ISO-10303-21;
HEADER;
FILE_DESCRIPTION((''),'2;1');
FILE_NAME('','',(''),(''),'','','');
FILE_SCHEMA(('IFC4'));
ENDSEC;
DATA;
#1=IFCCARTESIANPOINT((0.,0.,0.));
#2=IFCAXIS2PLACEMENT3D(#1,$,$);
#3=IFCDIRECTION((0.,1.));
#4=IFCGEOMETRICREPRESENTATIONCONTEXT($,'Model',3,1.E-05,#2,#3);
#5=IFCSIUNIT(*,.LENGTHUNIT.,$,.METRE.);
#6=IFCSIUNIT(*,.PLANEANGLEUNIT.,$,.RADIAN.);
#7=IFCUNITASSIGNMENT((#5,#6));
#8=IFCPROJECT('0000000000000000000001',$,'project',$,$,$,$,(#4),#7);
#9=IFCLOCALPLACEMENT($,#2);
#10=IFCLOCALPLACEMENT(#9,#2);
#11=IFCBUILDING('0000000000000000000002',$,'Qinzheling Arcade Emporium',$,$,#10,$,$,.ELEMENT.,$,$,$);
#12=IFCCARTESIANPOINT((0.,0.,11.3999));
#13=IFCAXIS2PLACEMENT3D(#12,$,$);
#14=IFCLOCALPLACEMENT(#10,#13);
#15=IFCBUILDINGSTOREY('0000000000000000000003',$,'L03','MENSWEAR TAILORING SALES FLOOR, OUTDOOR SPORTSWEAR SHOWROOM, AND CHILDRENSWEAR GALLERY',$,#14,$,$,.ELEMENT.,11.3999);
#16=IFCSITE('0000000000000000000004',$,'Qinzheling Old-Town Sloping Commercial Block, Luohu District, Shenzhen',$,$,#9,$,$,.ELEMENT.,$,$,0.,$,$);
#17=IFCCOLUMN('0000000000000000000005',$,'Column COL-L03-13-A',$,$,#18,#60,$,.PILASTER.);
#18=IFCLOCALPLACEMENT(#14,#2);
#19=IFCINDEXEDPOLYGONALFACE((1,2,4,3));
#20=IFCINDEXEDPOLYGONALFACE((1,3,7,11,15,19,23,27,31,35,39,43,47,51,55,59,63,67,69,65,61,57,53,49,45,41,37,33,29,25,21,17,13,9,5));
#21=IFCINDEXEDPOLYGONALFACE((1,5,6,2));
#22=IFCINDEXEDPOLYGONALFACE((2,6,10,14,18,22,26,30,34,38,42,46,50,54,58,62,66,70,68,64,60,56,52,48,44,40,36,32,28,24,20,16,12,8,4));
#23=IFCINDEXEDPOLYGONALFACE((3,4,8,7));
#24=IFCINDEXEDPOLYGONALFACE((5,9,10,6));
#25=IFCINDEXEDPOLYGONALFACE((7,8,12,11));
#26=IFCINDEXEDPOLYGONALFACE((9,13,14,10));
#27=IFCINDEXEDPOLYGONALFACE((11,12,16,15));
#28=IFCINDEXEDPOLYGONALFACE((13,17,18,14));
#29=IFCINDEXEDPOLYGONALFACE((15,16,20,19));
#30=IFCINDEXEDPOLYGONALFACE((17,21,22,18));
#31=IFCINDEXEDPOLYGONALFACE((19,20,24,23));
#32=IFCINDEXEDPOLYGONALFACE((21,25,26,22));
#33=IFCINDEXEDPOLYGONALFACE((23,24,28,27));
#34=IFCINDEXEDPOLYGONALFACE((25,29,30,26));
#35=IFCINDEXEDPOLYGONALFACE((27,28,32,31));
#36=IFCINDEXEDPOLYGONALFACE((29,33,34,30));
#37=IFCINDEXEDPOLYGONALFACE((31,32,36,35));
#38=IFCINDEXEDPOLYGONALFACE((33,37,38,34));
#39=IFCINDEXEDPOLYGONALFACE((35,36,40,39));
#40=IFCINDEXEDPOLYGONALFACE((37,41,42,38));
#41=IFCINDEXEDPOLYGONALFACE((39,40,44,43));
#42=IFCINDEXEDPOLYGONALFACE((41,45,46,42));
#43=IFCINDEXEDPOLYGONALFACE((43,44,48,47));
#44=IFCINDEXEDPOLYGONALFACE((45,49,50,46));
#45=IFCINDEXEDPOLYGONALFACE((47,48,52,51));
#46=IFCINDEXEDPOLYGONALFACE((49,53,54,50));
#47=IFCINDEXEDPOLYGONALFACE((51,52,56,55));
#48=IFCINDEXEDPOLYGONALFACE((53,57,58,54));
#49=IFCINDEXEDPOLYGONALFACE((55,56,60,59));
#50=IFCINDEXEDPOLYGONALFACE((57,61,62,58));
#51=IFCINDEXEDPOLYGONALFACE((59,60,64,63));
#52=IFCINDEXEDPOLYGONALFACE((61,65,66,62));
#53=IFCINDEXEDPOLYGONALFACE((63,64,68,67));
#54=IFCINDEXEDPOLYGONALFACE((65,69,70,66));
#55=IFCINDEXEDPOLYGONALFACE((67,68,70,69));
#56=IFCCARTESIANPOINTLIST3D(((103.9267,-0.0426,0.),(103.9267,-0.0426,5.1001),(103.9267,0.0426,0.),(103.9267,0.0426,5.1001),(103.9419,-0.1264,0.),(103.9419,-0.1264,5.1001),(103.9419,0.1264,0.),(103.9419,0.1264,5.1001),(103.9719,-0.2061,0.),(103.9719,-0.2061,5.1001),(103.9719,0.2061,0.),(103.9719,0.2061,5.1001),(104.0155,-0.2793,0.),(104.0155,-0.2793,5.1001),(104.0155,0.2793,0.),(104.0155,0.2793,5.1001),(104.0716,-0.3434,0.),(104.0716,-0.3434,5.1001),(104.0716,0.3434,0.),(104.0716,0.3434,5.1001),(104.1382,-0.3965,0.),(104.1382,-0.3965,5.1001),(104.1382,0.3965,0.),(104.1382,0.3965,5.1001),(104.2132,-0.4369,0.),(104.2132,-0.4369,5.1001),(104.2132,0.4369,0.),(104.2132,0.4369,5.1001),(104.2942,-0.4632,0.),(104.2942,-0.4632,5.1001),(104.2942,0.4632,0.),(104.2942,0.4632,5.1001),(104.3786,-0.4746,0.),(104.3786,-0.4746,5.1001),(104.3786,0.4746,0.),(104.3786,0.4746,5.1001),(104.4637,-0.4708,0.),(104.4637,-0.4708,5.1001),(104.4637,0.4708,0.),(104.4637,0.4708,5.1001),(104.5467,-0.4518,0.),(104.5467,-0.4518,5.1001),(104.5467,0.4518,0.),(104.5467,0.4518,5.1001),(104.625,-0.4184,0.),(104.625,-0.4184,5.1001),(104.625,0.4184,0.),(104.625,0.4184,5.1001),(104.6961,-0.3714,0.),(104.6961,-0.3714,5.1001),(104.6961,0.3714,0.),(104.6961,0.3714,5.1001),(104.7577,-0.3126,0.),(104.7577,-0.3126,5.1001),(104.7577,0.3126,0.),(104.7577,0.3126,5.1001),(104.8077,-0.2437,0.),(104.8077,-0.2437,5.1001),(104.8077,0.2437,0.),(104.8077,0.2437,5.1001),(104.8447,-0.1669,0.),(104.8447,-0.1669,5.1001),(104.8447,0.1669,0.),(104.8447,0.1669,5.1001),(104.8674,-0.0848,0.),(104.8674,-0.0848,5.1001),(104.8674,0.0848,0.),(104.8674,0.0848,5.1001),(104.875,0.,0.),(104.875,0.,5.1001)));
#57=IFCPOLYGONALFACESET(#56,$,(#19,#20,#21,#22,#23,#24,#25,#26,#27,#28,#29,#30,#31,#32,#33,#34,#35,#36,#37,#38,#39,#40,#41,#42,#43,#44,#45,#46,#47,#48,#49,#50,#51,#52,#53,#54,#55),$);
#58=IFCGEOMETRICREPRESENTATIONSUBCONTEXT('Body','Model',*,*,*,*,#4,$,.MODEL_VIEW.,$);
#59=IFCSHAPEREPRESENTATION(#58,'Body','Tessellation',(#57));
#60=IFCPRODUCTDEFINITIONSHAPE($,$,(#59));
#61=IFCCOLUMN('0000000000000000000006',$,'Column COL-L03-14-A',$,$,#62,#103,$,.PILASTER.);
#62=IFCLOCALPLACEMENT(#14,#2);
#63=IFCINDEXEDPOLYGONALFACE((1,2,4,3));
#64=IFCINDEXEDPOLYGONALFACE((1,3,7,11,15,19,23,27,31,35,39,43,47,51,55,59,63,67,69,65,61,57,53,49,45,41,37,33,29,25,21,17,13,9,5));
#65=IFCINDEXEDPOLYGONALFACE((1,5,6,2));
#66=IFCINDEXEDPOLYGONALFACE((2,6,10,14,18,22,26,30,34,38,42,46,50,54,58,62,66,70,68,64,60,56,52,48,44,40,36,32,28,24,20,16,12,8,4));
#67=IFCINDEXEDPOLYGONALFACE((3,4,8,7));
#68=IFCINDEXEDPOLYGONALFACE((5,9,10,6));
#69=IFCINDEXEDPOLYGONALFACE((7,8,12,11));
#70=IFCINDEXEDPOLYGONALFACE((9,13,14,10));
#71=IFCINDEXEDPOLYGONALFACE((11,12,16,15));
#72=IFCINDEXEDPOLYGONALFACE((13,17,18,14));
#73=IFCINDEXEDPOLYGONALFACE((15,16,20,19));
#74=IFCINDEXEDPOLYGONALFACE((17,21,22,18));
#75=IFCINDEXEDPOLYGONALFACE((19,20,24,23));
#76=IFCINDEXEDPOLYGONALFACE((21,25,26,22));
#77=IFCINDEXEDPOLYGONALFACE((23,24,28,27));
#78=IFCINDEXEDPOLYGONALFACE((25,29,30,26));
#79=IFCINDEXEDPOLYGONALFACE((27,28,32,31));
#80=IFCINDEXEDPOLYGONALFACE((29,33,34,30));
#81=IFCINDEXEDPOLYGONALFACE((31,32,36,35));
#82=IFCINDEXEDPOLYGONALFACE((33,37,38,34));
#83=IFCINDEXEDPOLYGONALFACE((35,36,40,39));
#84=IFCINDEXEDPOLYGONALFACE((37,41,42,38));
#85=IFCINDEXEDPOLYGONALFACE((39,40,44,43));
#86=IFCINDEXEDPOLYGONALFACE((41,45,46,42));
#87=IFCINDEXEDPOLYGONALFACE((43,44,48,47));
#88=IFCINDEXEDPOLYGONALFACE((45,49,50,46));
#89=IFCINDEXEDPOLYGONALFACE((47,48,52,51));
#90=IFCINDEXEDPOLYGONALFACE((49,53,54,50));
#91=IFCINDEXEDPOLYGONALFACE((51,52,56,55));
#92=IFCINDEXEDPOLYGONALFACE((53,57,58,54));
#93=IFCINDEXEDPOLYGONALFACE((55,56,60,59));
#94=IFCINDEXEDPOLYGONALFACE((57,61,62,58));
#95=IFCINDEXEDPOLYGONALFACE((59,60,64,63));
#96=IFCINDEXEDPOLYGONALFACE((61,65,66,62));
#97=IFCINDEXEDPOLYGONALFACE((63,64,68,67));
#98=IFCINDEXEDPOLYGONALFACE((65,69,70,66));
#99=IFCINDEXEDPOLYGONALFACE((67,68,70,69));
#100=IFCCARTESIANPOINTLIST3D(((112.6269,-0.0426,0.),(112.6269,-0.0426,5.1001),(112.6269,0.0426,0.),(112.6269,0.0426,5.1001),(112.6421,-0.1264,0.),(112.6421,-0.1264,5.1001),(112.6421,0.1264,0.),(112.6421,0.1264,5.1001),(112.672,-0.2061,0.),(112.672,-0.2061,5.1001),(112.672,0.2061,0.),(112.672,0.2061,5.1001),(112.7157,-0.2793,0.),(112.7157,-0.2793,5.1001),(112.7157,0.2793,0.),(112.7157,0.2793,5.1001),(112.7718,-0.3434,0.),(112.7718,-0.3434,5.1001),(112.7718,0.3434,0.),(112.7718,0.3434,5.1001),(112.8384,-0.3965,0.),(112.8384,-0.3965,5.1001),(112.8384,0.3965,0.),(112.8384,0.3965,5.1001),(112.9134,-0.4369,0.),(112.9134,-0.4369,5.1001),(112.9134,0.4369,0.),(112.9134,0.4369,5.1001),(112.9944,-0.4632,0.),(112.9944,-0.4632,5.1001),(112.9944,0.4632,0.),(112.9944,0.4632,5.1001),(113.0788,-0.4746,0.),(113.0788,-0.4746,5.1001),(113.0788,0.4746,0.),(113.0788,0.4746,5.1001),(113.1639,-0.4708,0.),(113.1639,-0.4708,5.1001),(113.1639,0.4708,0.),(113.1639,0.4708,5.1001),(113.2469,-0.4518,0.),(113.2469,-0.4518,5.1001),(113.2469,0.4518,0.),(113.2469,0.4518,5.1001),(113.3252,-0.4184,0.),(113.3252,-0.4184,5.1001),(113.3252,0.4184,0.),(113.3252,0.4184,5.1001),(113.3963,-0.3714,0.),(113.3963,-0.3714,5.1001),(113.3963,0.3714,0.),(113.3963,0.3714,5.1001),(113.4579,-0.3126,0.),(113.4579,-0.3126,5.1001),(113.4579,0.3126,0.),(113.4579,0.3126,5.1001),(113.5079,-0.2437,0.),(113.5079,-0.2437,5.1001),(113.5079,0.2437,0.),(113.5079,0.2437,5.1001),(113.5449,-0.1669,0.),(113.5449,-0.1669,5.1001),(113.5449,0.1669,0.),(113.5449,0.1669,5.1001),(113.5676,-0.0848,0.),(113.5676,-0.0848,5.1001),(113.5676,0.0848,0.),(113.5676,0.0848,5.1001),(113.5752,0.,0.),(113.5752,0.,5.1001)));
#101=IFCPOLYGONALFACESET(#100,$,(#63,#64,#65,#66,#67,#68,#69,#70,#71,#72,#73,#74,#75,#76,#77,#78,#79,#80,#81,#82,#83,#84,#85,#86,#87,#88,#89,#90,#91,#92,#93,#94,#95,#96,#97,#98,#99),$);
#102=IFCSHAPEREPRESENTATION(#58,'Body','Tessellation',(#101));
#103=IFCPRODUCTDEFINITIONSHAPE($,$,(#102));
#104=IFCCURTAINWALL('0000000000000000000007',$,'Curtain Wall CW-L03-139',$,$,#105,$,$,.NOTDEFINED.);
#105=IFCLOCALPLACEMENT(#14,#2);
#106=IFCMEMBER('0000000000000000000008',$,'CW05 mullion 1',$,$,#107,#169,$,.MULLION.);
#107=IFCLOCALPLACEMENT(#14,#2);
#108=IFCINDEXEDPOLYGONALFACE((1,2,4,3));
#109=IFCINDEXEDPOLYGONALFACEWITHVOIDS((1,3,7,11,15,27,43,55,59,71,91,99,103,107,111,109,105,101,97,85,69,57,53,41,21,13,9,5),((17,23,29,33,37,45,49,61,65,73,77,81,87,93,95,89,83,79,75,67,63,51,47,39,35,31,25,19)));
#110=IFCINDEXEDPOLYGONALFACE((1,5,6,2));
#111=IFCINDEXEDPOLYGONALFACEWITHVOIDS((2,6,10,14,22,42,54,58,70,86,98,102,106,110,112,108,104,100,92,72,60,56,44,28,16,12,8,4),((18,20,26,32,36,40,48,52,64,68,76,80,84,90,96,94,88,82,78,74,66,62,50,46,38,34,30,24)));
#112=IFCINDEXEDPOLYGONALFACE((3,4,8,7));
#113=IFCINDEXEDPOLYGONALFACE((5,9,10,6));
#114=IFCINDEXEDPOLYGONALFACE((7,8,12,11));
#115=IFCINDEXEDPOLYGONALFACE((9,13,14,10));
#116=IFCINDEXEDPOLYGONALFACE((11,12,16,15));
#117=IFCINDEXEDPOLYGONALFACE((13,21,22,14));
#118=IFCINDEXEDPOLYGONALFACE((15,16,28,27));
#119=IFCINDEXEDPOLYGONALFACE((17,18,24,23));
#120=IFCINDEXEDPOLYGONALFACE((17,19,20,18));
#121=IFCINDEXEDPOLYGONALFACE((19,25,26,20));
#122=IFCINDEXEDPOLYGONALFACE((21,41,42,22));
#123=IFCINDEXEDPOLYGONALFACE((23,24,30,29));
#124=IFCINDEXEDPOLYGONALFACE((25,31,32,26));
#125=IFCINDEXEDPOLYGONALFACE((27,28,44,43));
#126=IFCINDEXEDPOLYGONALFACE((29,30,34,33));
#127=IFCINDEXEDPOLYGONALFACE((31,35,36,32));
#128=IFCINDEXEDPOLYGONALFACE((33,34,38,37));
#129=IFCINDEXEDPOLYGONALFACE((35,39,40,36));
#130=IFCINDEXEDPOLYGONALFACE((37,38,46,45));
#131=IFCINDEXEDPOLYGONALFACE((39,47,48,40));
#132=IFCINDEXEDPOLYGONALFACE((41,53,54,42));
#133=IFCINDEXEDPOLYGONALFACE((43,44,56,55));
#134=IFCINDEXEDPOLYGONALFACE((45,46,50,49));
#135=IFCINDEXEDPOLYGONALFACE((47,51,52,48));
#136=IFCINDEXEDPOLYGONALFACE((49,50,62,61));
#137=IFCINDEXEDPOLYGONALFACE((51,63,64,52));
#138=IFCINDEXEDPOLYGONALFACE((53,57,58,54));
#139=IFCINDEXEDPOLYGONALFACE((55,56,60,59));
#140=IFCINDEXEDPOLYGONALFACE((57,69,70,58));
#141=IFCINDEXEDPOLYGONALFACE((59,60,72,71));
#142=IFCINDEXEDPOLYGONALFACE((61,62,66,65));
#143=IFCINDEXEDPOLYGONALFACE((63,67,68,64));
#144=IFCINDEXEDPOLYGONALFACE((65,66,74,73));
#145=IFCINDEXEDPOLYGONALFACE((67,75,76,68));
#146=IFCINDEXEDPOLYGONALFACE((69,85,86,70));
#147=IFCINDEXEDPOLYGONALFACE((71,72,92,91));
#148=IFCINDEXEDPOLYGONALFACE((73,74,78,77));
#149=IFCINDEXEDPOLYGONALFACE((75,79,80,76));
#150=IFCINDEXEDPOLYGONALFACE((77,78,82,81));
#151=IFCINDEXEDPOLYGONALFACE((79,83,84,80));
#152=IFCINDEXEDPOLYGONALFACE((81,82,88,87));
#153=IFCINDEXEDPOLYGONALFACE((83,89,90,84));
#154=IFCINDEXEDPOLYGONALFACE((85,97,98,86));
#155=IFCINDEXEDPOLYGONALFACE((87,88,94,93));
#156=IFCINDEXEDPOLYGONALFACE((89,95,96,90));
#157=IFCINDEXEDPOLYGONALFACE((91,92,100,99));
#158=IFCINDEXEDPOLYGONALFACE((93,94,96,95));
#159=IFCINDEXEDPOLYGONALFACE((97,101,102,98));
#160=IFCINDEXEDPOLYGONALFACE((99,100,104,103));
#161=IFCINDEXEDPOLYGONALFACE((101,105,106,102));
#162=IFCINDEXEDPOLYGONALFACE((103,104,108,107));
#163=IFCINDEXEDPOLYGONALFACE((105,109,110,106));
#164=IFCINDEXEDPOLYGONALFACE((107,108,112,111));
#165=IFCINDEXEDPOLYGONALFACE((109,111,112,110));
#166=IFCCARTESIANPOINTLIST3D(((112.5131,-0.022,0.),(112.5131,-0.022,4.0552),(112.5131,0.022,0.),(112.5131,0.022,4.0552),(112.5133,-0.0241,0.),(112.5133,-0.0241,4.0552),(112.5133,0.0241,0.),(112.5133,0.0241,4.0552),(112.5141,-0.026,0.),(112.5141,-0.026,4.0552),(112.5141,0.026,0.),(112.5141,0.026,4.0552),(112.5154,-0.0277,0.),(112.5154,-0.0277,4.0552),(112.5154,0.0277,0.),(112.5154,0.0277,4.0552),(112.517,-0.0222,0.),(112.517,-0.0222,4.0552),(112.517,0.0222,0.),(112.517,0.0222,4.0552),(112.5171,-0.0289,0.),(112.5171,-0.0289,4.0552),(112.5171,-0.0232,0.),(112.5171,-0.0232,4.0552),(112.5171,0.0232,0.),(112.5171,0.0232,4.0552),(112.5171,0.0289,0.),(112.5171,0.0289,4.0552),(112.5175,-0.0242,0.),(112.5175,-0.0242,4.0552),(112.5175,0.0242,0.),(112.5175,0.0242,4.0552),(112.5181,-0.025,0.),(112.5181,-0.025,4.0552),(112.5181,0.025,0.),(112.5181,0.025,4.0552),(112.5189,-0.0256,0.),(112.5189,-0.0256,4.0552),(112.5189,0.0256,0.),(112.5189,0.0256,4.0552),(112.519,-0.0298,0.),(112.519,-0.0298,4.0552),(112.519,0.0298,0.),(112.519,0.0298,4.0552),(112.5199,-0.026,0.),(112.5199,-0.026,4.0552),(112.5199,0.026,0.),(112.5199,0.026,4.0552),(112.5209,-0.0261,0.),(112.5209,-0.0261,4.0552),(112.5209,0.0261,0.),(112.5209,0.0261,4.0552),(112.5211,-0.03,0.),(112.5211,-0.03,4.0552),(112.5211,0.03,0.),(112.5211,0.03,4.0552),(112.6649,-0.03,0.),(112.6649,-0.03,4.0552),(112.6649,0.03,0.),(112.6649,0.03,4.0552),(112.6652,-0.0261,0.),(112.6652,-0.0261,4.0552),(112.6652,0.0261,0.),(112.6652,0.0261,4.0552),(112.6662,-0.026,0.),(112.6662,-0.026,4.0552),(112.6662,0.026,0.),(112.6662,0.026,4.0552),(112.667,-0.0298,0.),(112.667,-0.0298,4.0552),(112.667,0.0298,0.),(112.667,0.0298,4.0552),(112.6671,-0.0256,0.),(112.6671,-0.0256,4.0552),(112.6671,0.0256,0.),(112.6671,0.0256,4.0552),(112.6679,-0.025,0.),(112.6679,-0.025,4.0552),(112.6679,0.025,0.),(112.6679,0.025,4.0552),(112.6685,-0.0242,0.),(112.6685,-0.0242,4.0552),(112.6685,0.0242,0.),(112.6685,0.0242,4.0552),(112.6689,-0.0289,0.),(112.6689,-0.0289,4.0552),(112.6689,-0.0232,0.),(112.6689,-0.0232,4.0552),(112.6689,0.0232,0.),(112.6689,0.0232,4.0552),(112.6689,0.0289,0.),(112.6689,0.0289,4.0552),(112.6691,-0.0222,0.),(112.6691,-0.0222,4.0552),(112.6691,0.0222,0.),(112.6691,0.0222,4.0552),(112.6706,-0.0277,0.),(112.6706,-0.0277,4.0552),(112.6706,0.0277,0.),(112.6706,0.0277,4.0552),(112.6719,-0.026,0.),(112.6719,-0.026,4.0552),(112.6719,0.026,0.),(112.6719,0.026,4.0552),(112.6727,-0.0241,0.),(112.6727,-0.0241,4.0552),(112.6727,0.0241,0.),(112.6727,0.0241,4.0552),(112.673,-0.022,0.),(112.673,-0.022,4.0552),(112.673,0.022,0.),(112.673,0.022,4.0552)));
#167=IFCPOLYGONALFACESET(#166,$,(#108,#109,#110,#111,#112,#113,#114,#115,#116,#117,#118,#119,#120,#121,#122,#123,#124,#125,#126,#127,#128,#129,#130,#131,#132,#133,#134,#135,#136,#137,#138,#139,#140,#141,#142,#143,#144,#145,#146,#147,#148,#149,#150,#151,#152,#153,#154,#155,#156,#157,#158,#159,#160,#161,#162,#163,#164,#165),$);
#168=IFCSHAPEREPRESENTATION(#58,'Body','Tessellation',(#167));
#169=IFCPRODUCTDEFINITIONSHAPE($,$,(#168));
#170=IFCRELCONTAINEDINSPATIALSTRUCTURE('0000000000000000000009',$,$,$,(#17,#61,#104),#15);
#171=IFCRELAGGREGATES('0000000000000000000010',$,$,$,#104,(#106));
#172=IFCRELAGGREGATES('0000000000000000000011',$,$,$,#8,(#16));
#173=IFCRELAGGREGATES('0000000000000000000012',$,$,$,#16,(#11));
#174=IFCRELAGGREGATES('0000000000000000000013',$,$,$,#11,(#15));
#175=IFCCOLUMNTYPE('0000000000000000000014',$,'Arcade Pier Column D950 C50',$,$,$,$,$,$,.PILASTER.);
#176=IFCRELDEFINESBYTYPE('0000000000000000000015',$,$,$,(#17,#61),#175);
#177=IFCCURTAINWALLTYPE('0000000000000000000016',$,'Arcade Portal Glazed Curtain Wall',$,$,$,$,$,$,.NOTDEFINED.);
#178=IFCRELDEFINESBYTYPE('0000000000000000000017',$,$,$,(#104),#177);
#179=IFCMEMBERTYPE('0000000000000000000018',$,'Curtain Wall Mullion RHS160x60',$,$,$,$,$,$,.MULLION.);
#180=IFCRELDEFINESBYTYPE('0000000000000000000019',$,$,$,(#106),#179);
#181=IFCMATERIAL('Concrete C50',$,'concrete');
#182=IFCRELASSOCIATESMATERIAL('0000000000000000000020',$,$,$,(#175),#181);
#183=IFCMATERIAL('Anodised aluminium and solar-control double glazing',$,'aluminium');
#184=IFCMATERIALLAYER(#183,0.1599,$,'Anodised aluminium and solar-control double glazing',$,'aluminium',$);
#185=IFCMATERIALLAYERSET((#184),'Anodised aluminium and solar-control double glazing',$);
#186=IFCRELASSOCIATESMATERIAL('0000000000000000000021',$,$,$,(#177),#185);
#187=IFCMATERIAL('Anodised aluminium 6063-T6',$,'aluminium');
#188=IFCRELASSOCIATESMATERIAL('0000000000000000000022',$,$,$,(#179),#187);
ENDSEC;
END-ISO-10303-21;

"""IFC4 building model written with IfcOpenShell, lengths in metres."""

from ifc_helpers import new_model, si_unit, direction, frame, origin, origin_2d, place, context, subcontext, project, spatial, hollow_rectangle, circle, extrude, material, layer, layer_set, material_profile, profile_set, type_object, element, aggregate, save


model = new_model("IFC4")

# Units and contexts
model_context = context("Model", 3, precision=1e-05, world=origin(), true_north=direction((0.0, 1.0)))
body_context = subcontext(model_context, "Body", "Model", "MODEL_VIEW")
ifc_project = project(units=[si_unit("LENGTHUNIT", "METRE"), si_unit("PLANEANGLEUNIT", "RADIAN")], contexts=[model_context])

# Site, building, storey
site_placement = place(None, origin())
site = spatial("IfcSite", under=ifc_project, at=site_placement, Name="Qinzheling Old-Town Sloping Commercial Block, Luohu District, Shenzhen", CompositionType="ELEMENT", RefElevation=0.0)
building_placement = place(site_placement, origin())
building = spatial("IfcBuilding", under=site, at=building_placement, Name="Qinzheling Arcade Emporium", CompositionType="ELEMENT")
storey_placement = place(building_placement, frame((0.0, 0.0, 11.3999)))
storey = spatial("IfcBuildingStorey", under=building, at=storey_placement, Name="L03", Description="MENSWEAR TAILORING SALES FLOOR, OUTDOOR SPORTSWEAR SHOWROOM, AND CHILDRENSWEAR GALLERY", CompositionType="ELEMENT", Elevation=11.3999)

# Columns
ifc_material_1 = material(Name="Concrete C50", Category="concrete")
ifc_material_profile_1 = material_profile(ifc_material_1, circle(Radius=0.4751, at=origin_2d()), Name="RC D950", Category="concrete")
ifc_profile_set_1 = profile_set([ifc_material_profile_1], Name="Concrete C50")
column_type = type_object("IfcColumnType", Name="Arcade Pier Column D950 C50", PredefinedType="PILASTER", material=ifc_profile_set_1)
for number, where, z_axis, x_axis, name in (
    (1, (104.3999, 0.0, 0.0), (0.0, 0.0, 1.0), (1.0, 0.0, 0.0), "Column COL-L03-13-A"),
    (2, (113.1001, 0.0, 0.0), (0.0, 0.0, 1.0), (1.0, 0.0, 0.0), "Column COL-L03-14-A"),
):
    element("IfcColumn", number, at=place(storey_placement, frame(where, z_axis=z_axis, x_axis=x_axis)), inside=storey, type_object=column_type, Name=name, PredefinedType="PILASTER", context=body_context, shape_type="SweptSolid", body=[
        extrude(circle(Radius=0.4751, at=origin_2d()), origin(), (0.0, 0.0, 1.0), 5.1001),
    ])

# Curtain wall, member
ifc_material_2 = material(Name="Anodised aluminium and solar-control double glazing", Category="aluminium")
ifc_layer_1 = layer(ifc_material_2, 0.1599, Name="Anodised aluminium and solar-control double glazing", Category="aluminium")
ifc_layer_set_1 = layer_set([ifc_layer_1], Name="Anodised aluminium and solar-control double glazing")
curtain_wall_type = type_object("IfcCurtainWallType", Name="Arcade Portal Glazed Curtain Wall", PredefinedType="NOTDEFINED", material=ifc_layer_set_1)
curtain_wall_placement = place(storey_placement, origin())
curtain_wall = element("IfcCurtainWall", 3, at=curtain_wall_placement, inside=storey, type_object=curtain_wall_type, Name="Curtain Wall CW-L03-139", PredefinedType="NOTDEFINED")
ifc_material_3 = material(Name="Anodised aluminium 6063-T6", Category="aluminium")
ifc_material_profile_2 = material_profile(ifc_material_3, hollow_rectangle(XDim=0.0601, YDim=0.1599, WallThickness=0.0039, InnerFilletRadius=0.0039, OuterFilletRadius=0.0081, at=origin_2d()), Name="RHS 160x60x4", Category="aluminium")
ifc_profile_set_2 = profile_set([ifc_material_profile_2], Name="Anodised aluminium 6063-T6")
member_type_1 = type_object("IfcMemberType", Name="Curtain Wall Mullion RHS160x60", PredefinedType="MULLION", material=ifc_profile_set_2)
member_1_placement = place(storey_placement, frame((112.593, 0.0, 0.0), z_axis=(0.0, 0.0, 1.0), x_axis=(0.0, -1.0, 0.0)))
member_1 = element("IfcMember", 4, at=member_1_placement, type_object=member_type_1, Name="CW05 mullion 1", PredefinedType="MULLION", context=body_context, shape_type="SweptSolid", body=[
    extrude(hollow_rectangle(XDim=0.0601, YDim=0.1599, WallThickness=0.0039, InnerFilletRadius=0.0039, OuterFilletRadius=0.0081, at=origin_2d()), origin(), (0.0, 0.0, 1.0), 4.0552),
])

aggregate(curtain_wall, [member_1])

save(model, "model.ifc")
